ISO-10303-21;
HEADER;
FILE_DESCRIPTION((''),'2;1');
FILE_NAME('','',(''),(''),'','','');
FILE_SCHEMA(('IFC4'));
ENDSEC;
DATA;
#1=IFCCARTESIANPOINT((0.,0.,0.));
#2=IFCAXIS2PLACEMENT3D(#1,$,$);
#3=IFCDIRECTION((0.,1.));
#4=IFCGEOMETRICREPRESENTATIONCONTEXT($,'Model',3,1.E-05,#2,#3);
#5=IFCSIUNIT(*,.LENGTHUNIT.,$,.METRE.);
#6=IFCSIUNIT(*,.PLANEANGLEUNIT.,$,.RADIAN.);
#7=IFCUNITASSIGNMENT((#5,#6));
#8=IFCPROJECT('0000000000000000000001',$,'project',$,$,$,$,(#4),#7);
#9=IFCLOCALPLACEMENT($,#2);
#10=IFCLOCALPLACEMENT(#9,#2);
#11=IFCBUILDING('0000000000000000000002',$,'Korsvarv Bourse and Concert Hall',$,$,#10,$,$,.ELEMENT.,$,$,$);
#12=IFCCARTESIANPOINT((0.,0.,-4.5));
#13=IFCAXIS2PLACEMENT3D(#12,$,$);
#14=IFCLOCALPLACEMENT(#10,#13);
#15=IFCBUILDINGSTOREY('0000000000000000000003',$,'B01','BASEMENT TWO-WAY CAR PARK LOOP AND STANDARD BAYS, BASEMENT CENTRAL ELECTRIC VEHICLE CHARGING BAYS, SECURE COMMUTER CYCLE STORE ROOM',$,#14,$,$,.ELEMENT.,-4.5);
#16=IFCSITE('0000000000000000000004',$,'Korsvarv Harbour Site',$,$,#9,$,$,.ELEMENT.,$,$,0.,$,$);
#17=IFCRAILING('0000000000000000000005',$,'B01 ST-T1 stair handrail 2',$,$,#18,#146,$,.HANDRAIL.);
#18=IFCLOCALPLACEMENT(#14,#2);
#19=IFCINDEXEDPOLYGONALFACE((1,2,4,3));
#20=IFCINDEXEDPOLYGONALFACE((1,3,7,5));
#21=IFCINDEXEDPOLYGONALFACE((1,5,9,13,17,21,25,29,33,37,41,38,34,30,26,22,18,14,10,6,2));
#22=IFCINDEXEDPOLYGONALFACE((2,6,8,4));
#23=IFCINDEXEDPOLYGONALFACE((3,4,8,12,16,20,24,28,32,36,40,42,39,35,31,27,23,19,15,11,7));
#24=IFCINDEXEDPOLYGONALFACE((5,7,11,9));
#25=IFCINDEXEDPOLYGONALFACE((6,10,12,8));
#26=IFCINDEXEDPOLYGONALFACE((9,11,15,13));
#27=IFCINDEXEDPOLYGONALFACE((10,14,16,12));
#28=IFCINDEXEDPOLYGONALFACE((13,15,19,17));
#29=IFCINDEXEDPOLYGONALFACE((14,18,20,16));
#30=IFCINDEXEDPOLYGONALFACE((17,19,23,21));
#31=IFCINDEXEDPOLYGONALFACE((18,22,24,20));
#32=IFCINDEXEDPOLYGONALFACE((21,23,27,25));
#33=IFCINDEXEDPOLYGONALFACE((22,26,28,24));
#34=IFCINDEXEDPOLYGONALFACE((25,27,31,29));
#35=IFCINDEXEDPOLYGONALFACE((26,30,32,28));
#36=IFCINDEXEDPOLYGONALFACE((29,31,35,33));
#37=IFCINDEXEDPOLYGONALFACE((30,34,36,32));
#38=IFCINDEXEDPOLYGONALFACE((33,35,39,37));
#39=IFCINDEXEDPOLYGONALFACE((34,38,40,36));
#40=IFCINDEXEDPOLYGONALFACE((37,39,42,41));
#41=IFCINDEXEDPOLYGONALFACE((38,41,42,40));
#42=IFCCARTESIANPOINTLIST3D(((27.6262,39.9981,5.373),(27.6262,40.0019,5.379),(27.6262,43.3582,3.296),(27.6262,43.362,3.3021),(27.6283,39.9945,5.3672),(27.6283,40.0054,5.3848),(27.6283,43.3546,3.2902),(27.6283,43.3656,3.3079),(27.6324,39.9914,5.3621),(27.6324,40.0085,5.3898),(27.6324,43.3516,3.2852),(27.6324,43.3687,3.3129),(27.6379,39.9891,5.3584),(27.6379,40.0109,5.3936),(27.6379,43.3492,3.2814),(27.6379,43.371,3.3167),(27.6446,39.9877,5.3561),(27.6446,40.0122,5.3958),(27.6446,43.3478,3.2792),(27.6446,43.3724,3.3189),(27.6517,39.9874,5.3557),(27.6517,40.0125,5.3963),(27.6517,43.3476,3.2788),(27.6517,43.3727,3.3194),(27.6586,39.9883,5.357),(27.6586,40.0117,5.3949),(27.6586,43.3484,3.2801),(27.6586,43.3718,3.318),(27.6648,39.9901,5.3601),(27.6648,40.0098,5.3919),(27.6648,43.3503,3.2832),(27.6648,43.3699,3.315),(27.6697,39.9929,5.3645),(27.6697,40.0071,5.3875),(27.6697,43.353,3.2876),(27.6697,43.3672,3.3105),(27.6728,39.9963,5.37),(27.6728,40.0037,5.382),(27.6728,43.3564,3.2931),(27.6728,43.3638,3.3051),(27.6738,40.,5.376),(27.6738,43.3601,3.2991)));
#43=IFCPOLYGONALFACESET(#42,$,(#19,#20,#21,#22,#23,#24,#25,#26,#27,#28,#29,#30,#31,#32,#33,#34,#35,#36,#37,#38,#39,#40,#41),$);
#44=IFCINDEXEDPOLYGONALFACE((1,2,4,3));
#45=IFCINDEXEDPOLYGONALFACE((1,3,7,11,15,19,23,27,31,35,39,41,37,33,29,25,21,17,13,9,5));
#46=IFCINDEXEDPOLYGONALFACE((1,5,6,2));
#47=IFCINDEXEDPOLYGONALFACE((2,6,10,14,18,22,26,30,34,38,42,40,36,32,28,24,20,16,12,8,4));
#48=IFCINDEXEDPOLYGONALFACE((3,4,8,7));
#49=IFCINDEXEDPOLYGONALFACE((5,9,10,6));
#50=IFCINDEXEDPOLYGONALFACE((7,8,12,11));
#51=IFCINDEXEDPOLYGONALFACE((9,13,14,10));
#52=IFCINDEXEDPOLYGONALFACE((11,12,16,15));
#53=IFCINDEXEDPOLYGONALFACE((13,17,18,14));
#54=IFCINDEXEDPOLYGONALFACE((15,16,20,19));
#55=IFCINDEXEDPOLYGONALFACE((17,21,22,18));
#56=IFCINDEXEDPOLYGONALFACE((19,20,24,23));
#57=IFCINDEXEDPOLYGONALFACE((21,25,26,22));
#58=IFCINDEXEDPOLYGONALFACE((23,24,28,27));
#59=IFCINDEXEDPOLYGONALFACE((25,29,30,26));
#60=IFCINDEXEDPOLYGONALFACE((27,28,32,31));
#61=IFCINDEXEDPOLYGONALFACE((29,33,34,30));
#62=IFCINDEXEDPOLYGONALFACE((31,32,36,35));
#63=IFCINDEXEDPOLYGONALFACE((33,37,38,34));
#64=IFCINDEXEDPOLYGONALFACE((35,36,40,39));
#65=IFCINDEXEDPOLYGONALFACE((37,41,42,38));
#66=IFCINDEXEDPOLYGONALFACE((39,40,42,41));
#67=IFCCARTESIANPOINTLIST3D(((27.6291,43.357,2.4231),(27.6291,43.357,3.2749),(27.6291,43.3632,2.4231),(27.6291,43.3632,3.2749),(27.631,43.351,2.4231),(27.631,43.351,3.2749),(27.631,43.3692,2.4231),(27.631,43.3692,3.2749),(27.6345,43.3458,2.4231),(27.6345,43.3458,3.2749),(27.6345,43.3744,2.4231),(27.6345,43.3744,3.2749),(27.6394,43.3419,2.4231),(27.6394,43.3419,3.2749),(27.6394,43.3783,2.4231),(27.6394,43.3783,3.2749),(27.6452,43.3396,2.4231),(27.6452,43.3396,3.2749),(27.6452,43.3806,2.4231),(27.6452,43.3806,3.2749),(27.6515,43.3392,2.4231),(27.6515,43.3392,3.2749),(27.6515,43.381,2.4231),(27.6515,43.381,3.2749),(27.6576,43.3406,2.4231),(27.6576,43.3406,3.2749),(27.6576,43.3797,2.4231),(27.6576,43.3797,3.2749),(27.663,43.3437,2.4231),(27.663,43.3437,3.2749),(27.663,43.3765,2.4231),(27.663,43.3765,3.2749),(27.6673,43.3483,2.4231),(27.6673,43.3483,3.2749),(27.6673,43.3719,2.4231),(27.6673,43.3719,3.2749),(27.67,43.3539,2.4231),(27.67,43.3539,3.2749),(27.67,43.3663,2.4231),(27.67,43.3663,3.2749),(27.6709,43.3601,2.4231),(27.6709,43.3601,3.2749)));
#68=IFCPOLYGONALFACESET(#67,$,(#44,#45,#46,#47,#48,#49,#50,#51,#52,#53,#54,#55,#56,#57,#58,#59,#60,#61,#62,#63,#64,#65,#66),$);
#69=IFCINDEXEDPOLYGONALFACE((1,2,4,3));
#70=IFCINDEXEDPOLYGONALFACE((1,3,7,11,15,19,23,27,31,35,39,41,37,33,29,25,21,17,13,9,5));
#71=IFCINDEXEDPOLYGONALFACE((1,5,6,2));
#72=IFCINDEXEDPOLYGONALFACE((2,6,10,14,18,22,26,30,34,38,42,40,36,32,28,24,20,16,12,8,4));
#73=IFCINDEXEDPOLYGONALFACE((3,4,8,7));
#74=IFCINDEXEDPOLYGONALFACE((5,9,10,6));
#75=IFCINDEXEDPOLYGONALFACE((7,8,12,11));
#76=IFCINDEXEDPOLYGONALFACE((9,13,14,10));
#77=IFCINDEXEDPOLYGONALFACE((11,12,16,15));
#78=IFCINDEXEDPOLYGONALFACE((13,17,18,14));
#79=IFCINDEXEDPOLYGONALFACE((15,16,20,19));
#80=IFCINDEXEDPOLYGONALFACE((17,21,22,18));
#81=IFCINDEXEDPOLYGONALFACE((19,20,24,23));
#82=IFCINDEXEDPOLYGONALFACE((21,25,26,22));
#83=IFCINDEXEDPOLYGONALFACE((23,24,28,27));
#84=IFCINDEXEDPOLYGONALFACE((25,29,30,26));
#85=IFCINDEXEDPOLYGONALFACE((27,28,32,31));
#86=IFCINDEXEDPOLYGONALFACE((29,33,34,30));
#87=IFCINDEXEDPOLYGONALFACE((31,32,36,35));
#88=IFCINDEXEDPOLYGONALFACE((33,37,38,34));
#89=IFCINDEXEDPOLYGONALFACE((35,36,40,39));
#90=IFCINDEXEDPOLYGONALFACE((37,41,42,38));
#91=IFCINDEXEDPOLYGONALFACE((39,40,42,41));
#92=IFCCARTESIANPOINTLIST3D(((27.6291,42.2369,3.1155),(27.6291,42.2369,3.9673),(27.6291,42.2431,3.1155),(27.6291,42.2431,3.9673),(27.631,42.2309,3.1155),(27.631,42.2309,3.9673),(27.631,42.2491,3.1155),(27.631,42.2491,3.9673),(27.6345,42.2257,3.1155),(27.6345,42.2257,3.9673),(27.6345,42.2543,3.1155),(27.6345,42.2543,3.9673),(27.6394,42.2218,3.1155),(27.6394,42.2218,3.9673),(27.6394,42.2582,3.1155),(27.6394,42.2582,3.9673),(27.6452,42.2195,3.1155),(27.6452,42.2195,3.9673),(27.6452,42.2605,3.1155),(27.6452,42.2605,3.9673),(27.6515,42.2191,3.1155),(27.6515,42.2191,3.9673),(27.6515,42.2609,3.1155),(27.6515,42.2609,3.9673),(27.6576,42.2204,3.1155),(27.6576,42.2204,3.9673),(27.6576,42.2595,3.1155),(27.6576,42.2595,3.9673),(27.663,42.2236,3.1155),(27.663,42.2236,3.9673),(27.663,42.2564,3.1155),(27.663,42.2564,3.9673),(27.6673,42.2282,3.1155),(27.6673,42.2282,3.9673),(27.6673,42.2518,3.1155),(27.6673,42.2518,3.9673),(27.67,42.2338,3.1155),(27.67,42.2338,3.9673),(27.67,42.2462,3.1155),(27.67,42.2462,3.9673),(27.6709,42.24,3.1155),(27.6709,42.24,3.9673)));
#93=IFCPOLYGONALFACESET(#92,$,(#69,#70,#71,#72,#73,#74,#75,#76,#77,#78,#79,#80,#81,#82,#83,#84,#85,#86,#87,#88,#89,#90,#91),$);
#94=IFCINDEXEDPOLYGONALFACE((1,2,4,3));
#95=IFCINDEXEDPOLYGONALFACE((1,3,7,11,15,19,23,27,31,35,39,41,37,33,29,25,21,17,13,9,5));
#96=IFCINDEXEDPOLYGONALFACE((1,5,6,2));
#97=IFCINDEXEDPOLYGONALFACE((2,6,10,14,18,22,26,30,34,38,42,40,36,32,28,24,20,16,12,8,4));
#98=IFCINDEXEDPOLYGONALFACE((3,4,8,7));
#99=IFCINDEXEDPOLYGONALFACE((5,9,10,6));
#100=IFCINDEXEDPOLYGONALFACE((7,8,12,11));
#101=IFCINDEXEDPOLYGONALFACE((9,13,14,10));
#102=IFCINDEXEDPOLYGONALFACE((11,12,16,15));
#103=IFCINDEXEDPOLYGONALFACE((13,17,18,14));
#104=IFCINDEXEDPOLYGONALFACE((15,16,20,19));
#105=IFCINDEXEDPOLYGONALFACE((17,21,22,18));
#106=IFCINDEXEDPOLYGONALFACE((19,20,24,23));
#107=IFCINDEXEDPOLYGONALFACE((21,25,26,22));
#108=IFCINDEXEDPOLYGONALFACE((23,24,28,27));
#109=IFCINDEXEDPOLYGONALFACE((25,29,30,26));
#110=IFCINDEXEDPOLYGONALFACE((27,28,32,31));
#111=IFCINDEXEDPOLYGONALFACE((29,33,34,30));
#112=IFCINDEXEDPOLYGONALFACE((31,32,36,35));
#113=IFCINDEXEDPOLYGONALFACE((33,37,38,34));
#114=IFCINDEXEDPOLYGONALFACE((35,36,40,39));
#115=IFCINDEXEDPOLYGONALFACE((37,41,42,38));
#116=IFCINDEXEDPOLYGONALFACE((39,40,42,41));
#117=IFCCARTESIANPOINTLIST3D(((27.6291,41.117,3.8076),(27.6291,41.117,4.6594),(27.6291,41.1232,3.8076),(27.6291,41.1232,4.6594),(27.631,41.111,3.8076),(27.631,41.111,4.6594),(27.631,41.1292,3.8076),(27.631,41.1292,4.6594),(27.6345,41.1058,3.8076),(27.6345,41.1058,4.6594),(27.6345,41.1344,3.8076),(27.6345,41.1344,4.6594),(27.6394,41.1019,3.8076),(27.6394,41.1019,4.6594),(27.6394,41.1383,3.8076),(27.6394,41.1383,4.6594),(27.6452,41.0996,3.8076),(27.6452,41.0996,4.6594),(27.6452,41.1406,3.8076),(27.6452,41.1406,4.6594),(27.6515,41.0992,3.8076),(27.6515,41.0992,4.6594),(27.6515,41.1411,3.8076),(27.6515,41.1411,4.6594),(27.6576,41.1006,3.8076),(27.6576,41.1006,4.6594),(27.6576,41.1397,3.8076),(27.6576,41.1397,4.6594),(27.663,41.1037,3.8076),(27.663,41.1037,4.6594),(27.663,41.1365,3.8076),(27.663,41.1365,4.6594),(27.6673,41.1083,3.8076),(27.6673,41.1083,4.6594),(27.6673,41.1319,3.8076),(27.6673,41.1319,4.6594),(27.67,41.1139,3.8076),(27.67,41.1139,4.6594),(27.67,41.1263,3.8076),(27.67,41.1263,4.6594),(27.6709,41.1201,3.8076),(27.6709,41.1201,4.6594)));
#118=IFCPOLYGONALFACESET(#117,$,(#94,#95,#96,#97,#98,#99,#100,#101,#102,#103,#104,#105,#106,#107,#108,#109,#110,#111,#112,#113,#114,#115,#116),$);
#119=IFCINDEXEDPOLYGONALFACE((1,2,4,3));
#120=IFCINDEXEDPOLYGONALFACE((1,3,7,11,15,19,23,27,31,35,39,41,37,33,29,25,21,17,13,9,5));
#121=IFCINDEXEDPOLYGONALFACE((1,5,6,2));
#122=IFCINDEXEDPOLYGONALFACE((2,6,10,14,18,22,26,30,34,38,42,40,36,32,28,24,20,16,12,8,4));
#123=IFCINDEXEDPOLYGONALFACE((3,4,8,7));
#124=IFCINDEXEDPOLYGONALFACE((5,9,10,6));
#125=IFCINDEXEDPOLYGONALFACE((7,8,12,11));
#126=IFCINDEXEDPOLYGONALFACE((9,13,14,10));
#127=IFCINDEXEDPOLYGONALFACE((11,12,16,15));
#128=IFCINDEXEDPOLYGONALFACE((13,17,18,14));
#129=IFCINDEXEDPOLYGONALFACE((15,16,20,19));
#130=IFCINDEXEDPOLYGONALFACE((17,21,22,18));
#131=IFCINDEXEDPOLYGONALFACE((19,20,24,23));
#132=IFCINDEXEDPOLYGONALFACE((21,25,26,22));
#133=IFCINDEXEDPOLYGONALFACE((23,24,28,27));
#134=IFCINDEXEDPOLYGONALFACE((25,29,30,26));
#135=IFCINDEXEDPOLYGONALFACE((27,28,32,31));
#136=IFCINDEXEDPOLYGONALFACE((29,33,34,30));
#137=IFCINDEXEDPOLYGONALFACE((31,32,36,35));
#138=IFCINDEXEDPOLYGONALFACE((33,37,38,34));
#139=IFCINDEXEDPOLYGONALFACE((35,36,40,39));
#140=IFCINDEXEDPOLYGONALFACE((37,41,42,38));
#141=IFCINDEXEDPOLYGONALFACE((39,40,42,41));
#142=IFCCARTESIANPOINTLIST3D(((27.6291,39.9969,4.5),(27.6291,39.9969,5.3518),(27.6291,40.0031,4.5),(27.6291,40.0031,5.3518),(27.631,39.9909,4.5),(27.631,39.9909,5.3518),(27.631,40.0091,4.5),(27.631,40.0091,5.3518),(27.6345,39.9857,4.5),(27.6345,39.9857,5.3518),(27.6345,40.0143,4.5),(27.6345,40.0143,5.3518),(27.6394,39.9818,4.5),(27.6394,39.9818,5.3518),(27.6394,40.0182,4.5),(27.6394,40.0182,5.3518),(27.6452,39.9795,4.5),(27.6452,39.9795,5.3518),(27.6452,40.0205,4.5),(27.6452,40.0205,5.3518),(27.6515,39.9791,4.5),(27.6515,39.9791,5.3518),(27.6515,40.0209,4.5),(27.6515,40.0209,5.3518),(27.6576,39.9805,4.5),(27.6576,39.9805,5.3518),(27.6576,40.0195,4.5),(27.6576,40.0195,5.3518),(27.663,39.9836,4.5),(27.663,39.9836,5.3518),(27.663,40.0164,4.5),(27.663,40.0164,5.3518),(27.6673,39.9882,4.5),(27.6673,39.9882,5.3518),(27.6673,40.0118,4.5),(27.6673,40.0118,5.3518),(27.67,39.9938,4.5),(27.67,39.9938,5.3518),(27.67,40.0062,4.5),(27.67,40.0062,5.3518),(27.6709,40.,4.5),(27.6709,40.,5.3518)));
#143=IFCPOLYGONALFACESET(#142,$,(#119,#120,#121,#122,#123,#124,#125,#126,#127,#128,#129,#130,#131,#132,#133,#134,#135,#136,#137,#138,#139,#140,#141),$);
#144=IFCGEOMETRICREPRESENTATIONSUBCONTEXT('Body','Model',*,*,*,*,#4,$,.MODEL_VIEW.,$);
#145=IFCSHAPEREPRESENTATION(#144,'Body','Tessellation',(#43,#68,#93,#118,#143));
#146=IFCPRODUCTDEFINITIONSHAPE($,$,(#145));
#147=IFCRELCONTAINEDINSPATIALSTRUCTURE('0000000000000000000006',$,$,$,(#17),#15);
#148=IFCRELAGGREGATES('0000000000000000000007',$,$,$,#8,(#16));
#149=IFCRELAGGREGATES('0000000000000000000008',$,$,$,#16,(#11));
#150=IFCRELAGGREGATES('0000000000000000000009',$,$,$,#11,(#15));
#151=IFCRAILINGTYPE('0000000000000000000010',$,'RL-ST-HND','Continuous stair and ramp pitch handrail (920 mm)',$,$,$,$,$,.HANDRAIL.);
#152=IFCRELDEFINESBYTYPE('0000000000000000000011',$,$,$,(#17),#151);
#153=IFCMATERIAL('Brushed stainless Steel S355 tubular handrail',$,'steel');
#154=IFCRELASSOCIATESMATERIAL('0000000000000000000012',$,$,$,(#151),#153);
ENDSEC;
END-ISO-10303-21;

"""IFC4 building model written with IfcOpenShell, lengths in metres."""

from ifc_helpers import new_model, si_unit, direction, frame, origin, origin_2d, place, context, subcontext, project, spatial, circle, extrude, material, type_object, element, save


model = new_model("IFC4")

# Units and contexts
model_context = context("Model", 3, precision=1e-05, world=origin(), true_north=direction((0.0, 1.0)))
body_context = subcontext(model_context, "Body", "Model", "MODEL_VIEW")
ifc_project = project(units=[si_unit("LENGTHUNIT", "METRE"), si_unit("PLANEANGLEUNIT", "RADIAN")], contexts=[model_context])

# Site, building, storey
site_placement = place(None, origin())
site = spatial("IfcSite", under=ifc_project, at=site_placement, Name="Korsvarv Harbour Site", CompositionType="ELEMENT", RefElevation=0.0)
building_placement = place(site_placement, origin())
building = spatial("IfcBuilding", under=site, at=building_placement, Name="Korsvarv Bourse and Concert Hall", CompositionType="ELEMENT")
storey_placement = place(building_placement, frame((0.0, 0.0, -4.5)))
storey = spatial("IfcBuildingStorey", under=building, at=storey_placement, Name="B01", Description="BASEMENT TWO-WAY CAR PARK LOOP AND STANDARD BAYS, BASEMENT CENTRAL ELECTRIC VEHICLE CHARGING BAYS, SECURE COMMUTER CYCLE STORE ROOM", CompositionType="ELEMENT", Elevation=-4.5)

# Railing
ifc_material_1 = material(Name="Brushed stainless Steel S355 tubular handrail", Category="steel")
railing_type_1 = type_object("IfcRailingType", Name="RL-ST-HND", Description="Continuous stair and ramp pitch handrail (920 mm)", PredefinedType="HANDRAIL", material=ifc_material_1)
for number, where, name in (
    (1, (27.6499, 43.3601, 2.4231), "B01 ST-T1 stair handrail 2"),
):
    element("IfcRailing", number, at=place(storey_placement, frame(where)), inside=storey, type_object=railing_type_1, Name=name, PredefinedType="HANDRAIL", context=body_context, shape_type="SweptSolid", body=[
        extrude(circle(Radius=0.0239, at=origin_2d()), frame((0.0, 0.0, 0.876), z_axis=(0.0, -0.850623, 0.525776), x_axis=(1.0, 0.0, 0.0)), (0.0, 0.0, 1.0), 3.9502),
        extrude(circle(Radius=0.021, at=origin_2d()), origin(), (0.0, 0.0, 1.0), 0.8518),
        extrude(circle(Radius=0.021, at=origin_2d()), frame((0.0, -1.1201, 0.6924)), (0.0, 0.0, 1.0), 0.8518),
        extrude(circle(Radius=0.021, at=origin_2d()), frame((0.0, -2.24, 1.3845)), (0.0, 0.0, 1.0), 0.8518),
        extrude(circle(Radius=0.021, at=origin_2d()), frame((0.0, -3.3601, 2.0769)), (0.0, 0.0, 1.0), 0.8518),
    ])

save(model, "model.ifc")
